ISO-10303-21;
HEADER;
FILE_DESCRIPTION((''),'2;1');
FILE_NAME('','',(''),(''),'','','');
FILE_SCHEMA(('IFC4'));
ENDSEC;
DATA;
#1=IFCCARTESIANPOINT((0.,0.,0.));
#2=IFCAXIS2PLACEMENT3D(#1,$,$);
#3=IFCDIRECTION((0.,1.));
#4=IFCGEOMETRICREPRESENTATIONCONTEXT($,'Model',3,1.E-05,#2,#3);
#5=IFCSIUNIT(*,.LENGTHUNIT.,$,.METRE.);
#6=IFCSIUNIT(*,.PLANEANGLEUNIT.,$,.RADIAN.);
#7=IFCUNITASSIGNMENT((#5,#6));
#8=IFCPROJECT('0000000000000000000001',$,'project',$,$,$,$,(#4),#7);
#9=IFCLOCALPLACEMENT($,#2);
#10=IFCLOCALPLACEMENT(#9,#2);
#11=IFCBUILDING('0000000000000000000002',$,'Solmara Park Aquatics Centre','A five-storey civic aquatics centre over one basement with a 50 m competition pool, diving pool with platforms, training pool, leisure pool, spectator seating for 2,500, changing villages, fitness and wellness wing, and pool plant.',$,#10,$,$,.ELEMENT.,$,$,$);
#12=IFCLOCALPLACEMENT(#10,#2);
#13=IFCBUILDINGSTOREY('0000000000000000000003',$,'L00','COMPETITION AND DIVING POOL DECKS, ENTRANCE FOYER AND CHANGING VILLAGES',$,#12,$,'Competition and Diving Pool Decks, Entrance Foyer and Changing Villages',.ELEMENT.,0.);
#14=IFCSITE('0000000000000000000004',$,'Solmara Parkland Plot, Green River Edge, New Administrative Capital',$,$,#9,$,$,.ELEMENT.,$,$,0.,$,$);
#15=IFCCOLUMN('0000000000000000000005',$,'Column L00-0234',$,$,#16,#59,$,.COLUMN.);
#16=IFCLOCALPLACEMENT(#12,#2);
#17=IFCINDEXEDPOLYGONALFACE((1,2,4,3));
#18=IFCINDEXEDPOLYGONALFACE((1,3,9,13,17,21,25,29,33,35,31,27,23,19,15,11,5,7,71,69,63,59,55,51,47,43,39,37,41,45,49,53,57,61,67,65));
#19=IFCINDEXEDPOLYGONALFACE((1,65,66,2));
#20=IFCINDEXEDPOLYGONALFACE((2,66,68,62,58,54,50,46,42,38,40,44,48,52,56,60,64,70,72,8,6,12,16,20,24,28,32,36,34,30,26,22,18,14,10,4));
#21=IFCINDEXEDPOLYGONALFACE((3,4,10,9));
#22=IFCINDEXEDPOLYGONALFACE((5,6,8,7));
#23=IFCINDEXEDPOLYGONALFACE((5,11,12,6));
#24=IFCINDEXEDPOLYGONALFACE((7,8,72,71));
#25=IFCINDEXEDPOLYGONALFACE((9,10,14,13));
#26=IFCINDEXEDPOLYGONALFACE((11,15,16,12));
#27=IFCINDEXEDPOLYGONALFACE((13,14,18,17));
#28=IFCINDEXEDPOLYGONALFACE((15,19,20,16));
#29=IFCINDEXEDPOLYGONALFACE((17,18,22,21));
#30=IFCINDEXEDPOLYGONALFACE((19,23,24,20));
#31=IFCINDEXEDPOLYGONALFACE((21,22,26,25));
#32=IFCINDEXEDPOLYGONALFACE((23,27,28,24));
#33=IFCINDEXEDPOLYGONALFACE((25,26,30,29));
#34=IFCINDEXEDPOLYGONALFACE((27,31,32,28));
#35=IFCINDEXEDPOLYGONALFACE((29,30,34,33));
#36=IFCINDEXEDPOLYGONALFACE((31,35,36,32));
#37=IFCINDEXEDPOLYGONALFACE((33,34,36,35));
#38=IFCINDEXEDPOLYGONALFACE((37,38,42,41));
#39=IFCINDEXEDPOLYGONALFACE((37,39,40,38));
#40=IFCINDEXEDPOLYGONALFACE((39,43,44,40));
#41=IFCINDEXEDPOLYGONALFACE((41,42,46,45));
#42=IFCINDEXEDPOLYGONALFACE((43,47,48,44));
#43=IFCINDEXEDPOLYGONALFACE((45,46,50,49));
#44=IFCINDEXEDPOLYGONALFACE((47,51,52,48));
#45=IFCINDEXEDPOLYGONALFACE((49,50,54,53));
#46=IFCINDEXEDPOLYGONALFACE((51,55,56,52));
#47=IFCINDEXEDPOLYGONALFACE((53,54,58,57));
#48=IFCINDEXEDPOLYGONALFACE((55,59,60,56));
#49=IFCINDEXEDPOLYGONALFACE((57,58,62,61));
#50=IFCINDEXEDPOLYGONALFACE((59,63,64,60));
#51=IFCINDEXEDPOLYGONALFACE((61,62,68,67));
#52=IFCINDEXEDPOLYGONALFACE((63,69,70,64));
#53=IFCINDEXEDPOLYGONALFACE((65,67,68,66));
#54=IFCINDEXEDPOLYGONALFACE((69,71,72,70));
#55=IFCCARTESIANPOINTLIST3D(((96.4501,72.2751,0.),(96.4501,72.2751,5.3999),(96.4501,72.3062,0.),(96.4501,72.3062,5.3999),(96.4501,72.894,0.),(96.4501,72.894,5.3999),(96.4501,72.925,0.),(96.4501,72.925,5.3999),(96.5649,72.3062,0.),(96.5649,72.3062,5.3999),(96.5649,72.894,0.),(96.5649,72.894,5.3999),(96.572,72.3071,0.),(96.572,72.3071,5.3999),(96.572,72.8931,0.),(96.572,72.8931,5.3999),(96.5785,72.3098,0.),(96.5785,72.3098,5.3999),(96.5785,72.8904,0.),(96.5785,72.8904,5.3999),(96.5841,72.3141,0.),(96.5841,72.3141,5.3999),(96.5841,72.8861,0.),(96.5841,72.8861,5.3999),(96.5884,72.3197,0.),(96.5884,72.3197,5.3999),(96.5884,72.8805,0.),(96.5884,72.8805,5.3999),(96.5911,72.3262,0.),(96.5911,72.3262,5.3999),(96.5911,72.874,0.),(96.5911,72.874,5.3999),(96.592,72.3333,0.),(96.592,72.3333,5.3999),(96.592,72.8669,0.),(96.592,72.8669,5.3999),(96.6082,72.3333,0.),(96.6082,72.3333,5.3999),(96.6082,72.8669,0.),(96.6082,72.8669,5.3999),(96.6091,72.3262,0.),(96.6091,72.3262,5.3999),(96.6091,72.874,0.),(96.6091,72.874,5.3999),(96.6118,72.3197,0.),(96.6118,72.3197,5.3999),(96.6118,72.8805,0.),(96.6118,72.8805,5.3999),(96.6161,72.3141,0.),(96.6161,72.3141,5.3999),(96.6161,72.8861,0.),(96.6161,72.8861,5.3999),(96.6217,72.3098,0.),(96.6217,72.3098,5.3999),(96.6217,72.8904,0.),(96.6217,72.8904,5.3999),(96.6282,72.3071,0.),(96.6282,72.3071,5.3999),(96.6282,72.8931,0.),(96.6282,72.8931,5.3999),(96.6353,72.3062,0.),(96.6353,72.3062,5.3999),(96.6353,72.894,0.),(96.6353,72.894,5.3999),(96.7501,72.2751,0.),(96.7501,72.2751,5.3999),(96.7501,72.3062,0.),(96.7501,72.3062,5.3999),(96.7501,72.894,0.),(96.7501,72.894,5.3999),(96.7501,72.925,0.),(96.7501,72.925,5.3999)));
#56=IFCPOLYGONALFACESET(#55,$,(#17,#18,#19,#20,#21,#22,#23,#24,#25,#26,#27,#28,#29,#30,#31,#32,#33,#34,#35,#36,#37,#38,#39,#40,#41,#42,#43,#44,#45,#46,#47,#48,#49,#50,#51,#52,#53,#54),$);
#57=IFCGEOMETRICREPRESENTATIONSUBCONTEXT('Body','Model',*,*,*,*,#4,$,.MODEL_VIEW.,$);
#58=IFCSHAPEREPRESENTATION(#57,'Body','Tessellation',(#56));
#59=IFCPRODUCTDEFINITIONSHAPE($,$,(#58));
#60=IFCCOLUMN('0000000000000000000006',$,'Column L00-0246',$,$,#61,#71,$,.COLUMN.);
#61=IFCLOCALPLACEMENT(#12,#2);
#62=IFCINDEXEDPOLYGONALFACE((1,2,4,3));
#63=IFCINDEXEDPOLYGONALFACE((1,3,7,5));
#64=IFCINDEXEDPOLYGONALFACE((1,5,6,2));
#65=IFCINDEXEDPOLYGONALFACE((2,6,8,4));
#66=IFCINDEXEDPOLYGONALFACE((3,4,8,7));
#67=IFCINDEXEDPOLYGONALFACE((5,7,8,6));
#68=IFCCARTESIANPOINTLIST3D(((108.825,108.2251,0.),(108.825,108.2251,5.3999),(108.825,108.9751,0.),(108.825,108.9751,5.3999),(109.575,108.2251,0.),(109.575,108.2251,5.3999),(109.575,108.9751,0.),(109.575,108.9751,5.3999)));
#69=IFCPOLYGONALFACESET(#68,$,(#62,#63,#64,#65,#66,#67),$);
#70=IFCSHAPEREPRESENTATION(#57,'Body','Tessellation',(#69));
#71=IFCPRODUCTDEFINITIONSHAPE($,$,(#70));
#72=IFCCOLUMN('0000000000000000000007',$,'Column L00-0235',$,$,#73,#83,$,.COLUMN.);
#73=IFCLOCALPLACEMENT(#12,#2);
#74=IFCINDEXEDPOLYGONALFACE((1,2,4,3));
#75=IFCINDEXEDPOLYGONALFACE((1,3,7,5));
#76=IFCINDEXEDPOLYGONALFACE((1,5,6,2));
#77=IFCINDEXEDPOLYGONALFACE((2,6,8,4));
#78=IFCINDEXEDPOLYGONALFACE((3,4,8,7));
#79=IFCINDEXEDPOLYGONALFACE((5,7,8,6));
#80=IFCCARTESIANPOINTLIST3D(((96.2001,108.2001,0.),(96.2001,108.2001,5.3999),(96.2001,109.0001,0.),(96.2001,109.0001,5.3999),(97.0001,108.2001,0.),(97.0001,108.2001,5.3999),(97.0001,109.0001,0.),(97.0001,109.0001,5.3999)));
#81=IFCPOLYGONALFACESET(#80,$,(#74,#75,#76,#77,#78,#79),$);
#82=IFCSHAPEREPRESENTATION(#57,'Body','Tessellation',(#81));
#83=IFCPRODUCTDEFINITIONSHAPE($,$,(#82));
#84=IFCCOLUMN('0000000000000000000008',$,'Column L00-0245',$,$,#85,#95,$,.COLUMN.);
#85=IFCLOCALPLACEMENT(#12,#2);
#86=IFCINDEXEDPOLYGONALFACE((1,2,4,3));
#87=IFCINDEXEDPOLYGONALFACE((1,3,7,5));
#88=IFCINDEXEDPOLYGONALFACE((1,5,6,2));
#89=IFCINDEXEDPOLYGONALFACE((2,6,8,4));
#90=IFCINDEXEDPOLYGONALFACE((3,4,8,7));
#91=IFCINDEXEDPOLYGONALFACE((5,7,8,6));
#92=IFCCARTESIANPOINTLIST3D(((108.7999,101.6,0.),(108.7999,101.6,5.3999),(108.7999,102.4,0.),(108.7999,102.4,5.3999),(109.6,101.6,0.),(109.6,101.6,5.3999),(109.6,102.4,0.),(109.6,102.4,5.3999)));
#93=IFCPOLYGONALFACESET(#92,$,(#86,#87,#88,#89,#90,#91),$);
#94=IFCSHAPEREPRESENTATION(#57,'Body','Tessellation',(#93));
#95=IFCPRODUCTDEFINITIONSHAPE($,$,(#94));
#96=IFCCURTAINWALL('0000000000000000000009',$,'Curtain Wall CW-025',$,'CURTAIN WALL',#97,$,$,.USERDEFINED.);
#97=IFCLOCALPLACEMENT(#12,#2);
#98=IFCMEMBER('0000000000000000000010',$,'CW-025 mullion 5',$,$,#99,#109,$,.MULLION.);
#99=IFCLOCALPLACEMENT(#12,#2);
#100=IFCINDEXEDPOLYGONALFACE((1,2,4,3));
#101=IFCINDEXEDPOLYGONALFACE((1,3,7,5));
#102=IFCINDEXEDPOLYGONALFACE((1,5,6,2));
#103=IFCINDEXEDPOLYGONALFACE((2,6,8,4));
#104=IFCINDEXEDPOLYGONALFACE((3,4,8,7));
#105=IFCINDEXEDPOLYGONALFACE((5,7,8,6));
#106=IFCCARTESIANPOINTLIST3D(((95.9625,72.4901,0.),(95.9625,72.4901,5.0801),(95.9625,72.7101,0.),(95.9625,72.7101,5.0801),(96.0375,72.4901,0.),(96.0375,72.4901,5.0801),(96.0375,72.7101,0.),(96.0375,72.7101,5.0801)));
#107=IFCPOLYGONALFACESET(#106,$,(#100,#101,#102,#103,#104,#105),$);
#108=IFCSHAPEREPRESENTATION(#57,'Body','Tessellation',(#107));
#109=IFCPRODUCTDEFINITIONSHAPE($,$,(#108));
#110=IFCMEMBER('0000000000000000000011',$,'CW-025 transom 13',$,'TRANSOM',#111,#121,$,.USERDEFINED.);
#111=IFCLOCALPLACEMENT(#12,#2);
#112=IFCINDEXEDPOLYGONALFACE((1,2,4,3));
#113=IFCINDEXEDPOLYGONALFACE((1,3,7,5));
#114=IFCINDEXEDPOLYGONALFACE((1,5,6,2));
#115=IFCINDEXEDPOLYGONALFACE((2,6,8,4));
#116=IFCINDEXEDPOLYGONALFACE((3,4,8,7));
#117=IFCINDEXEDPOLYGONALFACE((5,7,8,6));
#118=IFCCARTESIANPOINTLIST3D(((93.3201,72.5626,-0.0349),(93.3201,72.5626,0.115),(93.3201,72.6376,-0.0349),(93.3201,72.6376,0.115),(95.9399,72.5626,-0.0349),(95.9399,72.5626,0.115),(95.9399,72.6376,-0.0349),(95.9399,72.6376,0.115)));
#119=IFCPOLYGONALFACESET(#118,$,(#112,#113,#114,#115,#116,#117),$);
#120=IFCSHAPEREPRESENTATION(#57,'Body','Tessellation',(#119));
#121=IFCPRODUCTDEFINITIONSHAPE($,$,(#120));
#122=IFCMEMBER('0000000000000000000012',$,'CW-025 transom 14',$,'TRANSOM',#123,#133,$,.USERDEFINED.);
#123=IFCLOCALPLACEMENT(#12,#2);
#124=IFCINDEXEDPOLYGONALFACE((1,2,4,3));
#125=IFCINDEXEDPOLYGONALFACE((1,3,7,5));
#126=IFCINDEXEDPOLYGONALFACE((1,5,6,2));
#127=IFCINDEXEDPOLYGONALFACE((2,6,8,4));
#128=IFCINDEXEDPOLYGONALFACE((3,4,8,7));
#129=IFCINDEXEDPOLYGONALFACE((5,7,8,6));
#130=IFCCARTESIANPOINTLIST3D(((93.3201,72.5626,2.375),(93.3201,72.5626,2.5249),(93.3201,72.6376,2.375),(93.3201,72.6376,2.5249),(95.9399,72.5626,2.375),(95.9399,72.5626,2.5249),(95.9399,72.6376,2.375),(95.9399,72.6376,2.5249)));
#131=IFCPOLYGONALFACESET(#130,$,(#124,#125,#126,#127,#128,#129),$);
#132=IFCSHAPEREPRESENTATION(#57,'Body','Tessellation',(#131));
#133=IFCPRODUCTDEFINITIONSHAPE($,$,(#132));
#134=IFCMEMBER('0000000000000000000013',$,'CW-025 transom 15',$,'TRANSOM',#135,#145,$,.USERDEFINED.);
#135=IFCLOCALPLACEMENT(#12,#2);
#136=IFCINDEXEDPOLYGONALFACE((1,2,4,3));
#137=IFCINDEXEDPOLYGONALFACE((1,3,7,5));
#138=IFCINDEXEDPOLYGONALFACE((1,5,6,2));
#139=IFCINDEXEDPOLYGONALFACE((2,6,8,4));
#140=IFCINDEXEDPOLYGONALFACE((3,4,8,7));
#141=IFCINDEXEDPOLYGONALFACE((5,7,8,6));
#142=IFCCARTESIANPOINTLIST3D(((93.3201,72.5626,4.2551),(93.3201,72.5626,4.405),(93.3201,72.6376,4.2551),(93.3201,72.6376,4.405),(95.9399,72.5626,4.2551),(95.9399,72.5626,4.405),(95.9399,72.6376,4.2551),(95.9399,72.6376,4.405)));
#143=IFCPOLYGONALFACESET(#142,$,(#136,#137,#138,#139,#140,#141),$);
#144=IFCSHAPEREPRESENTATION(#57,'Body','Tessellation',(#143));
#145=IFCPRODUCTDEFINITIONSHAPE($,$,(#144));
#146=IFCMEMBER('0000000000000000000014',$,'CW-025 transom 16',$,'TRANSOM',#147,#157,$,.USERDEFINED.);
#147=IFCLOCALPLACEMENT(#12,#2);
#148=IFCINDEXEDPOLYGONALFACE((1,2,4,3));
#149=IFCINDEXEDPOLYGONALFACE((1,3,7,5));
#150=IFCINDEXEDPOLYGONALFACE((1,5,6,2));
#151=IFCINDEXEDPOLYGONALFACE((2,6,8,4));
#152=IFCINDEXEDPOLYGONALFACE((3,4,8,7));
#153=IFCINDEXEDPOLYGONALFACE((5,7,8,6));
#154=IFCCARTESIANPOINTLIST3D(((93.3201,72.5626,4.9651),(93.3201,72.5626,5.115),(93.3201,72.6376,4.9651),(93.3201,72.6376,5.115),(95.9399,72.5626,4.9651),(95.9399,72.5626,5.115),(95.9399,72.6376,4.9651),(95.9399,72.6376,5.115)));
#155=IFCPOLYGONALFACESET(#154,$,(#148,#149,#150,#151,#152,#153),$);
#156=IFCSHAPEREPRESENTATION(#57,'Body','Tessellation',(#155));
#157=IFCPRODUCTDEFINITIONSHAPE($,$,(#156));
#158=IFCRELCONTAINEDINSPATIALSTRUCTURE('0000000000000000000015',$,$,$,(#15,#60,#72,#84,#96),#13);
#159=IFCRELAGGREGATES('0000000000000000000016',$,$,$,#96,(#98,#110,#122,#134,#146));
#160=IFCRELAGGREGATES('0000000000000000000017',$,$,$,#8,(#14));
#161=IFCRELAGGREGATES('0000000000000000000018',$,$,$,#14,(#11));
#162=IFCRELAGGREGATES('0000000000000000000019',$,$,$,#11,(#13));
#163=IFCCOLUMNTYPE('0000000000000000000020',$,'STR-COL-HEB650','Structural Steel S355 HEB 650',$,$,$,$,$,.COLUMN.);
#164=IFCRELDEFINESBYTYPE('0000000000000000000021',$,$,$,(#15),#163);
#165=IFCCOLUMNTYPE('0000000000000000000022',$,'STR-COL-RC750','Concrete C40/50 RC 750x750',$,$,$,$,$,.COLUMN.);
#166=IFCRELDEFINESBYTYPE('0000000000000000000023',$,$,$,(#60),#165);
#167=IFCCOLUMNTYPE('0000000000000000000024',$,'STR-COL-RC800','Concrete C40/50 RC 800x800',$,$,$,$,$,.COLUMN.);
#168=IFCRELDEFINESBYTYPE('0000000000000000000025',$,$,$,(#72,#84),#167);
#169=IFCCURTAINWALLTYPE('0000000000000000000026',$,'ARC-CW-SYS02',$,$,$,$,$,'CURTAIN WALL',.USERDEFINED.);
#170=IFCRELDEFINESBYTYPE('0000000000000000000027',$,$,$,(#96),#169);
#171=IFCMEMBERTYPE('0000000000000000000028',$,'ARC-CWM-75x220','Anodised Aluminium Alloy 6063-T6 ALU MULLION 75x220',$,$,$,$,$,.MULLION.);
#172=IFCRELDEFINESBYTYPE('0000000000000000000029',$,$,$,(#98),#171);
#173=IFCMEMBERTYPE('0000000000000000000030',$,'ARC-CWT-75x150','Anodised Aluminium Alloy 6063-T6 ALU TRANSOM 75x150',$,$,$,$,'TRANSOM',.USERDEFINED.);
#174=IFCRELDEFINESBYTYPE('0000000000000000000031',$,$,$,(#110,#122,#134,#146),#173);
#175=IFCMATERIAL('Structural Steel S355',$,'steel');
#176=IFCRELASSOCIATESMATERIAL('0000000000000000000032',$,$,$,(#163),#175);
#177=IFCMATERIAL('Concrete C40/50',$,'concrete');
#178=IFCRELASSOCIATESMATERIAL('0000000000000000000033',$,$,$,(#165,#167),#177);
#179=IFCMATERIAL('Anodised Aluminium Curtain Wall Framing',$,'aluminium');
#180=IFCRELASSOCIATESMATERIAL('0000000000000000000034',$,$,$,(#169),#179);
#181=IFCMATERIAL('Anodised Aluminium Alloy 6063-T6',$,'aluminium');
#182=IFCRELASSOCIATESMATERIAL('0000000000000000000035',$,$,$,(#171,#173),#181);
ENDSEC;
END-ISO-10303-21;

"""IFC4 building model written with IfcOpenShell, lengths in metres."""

from ifc_helpers import new_model, si_unit, direction, frame, origin, origin_2d, place, context, subcontext, project, spatial, rectangle, i_section, extrude, material, material_profile, profile_set, type_object, element, aggregate, save


model = new_model("IFC4")

# Units and contexts
model_context = context("Model", 3, precision=1e-05, world=origin(), true_north=direction((0.0, 1.0)))
body_context = subcontext(model_context, "Body", "Model", "MODEL_VIEW")
ifc_project = project(units=[si_unit("LENGTHUNIT", "METRE"), si_unit("PLANEANGLEUNIT", "RADIAN")], contexts=[model_context])

# Site, building, storey
site_placement = place(None, origin())
site = spatial("IfcSite", under=ifc_project, at=site_placement, Name="Solmara Parkland Plot, Green River Edge, New Administrative Capital", CompositionType="ELEMENT", RefElevation=0.0)
building_placement = place(site_placement, origin())
building = spatial("IfcBuilding", under=site, at=building_placement, Name="Solmara Park Aquatics Centre", Description="A five-storey civic aquatics centre over one basement with a 50 m competition pool, diving pool with platforms, training pool, leisure pool, spectator seating for 2,500, changing villages, fitness and wellness wing, and pool plant.", CompositionType="ELEMENT")
storey_placement = place(building_placement, origin())
storey = spatial("IfcBuildingStorey", under=building, at=storey_placement, Name="L00", Description="COMPETITION AND DIVING POOL DECKS, ENTRANCE FOYER AND CHANGING VILLAGES", LongName="Competition and Diving Pool Decks, Entrance Foyer and Changing Villages", CompositionType="ELEMENT", Elevation=0.0)

# Columns
ifc_material_1 = material(Name="Structural Steel S355", Category="steel")
ifc_material_profile_1 = material_profile(ifc_material_1, i_section(OverallWidth=0.3, OverallDepth=0.6499, WebThickness=0.0161, FlangeThickness=0.031, FilletRadius=0.0271, at=origin_2d()), Name="HEB 650")
ifc_profile_set_1 = profile_set([ifc_material_profile_1], Name="Structural Steel S355")
column_type_1 = type_object("IfcColumnType", Name="STR-COL-HEB650", Description="Structural Steel S355 HEB 650", PredefinedType="COLUMN", material=ifc_profile_set_1)
column_1_placement = place(storey_placement, frame((96.6001, 72.6001, 0.0), z_axis=(0.0, 0.0, 1.0), x_axis=(1.0, 0.0, 0.0)))
element("IfcColumn", 1, at=column_1_placement, inside=storey, type_object=column_type_1, Name="Column L00-0234", PredefinedType="COLUMN", context=body_context, shape_type="SweptSolid", body=[
    extrude(i_section(OverallWidth=0.3, OverallDepth=0.6499, WebThickness=0.0161, FlangeThickness=0.031, FilletRadius=0.0271, at=origin_2d()), origin(), (0.0, 0.0, 1.0), 5.3999),
])
ifc_material_2 = material(Name="Concrete C40/50", Category="concrete")
ifc_material_profile_2 = material_profile(ifc_material_2, rectangle(XDim=0.75, YDim=0.75, at=origin_2d()), Name="RC 750x750")
ifc_profile_set_2 = profile_set([ifc_material_profile_2], Name="Concrete C40/50")
column_type_2 = type_object("IfcColumnType", Name="STR-COL-RC750", Description="Concrete C40/50 RC 750x750", PredefinedType="COLUMN", material=ifc_profile_set_2)
column_2_placement = place(storey_placement, frame((109.2, 108.6001, 0.0), z_axis=(0.0, 0.0, 1.0), x_axis=(1.0, 0.0, 0.0)))
element("IfcColumn", 2, at=column_2_placement, inside=storey, type_object=column_type_2, Name="Column L00-0246", PredefinedType="COLUMN", context=body_context, shape_type="SweptSolid", body=[
    extrude(rectangle(XDim=0.75, YDim=0.75, at=origin_2d()), origin(), (0.0, 0.0, 1.0), 5.3999),
])
ifc_material_profile_3 = material_profile(ifc_material_2, rectangle(XDim=0.8, YDim=0.8, at=origin_2d()), Name="RC 800x800")
ifc_profile_set_3 = profile_set([ifc_material_profile_3], Name="Concrete C40/50")
column_type_3 = type_object("IfcColumnType", Name="STR-COL-RC800", Description="Concrete C40/50 RC 800x800", PredefinedType="COLUMN", material=ifc_profile_set_3)
for number, where, z_axis, x_axis, name in (
    (3, (96.6001, 108.6001, 0.0), (0.0, 0.0, 1.0), (1.0, 0.0, 0.0), "Column L00-0235"),
    (4, (109.2, 102.0, 0.0), (0.0, 0.0, 1.0), (1.0, 0.0, 0.0), "Column L00-0245"),
):
    element("IfcColumn", number, at=place(storey_placement, frame(where, z_axis=z_axis, x_axis=x_axis)), inside=storey, type_object=column_type_3, Name=name, PredefinedType="COLUMN", context=body_context, shape_type="SweptSolid", body=[
        extrude(rectangle(XDim=0.8, YDim=0.8, at=origin_2d()), origin(), (0.0, 0.0, 1.0), 5.3999),
    ])

# Curtain wall, members
ifc_material_3 = material(Name="Anodised Aluminium Curtain Wall Framing", Category="aluminium")
curtain_wall_type = type_object("IfcCurtainWallType", Name="ARC-CW-SYS02", ElementType="CURTAIN WALL", PredefinedType="USERDEFINED", material=ifc_material_3)
curtain_wall_placement = place(storey_placement, origin())
curtain_wall = element("IfcCurtainWall", 5, at=curtain_wall_placement, inside=storey, type_object=curtain_wall_type, Name="Curtain Wall CW-025", ObjectType="CURTAIN WALL", PredefinedType="USERDEFINED")
ifc_material_4 = material(Name="Anodised Aluminium Alloy 6063-T6", Category="aluminium")
ifc_material_profile_4 = material_profile(ifc_material_4, rectangle(XDim=0.075, YDim=0.22, at=origin_2d()), Name="ALU MULLION 75x220")
ifc_profile_set_4 = profile_set([ifc_material_profile_4], Name="Anodised Aluminium Alloy 6063-T6")
member_type_1 = type_object("IfcMemberType", Name="ARC-CWM-75x220", Description="Anodised Aluminium Alloy 6063-T6 ALU MULLION 75x220", PredefinedType="MULLION", material=ifc_profile_set_4)
member_1_placement = place(storey_placement, frame((96.0, 72.6001, 0.0), z_axis=(0.0, 0.0, 1.0), x_axis=(1.0, 0.0, 0.0)))
member_1 = element("IfcMember", 6, at=member_1_placement, type_object=member_type_1, Name="CW-025 mullion 5", PredefinedType="MULLION", context=body_context, shape_type="SweptSolid", body=[
    extrude(rectangle(XDim=0.075, YDim=0.22, at=origin_2d()), origin(), (0.0, 0.0, 1.0), 5.0801),
])
ifc_material_profile_5 = material_profile(ifc_material_4, rectangle(XDim=0.075, YDim=0.1499, at=origin_2d()), Name="ALU TRANSOM 75x150")
ifc_profile_set_5 = profile_set([ifc_material_profile_5], Name="Anodised Aluminium Alloy 6063-T6")
member_type_2 = type_object("IfcMemberType", Name="ARC-CWT-75x150", Description="Anodised Aluminium Alloy 6063-T6 ALU TRANSOM 75x150", ElementType="TRANSOM", PredefinedType="USERDEFINED", material=ifc_profile_set_5)
member_2_placement = place(storey_placement, frame((93.3201, 72.6001, 0.04), z_axis=(1.0, 0.0, 0.0), x_axis=(0.0, 1.0, 0.0)))
member_2 = element("IfcMember", 7, at=member_2_placement, type_object=member_type_2, Name="CW-025 transom 13", ObjectType="TRANSOM", PredefinedType="USERDEFINED", context=body_context, shape_type="SweptSolid", body=[
    extrude(rectangle(XDim=0.075, YDim=0.1499, at=origin_2d()), origin(), (0.0, 0.0, 1.0), 2.6199),
])
member_3_placement = place(storey_placement, frame((93.3201, 72.6001, 2.45), z_axis=(1.0, 0.0, 0.0), x_axis=(0.0, 1.0, 0.0)))
member_3 = element("IfcMember", 8, at=member_3_placement, type_object=member_type_2, Name="CW-025 transom 14", ObjectType="TRANSOM", PredefinedType="USERDEFINED", context=body_context, shape_type="SweptSolid", body=[
    extrude(rectangle(XDim=0.075, YDim=0.1499, at=origin_2d()), origin(), (0.0, 0.0, 1.0), 2.6199),
])
member_4_placement = place(storey_placement, frame((93.3201, 72.6001, 4.3301), z_axis=(1.0, 0.0, 0.0), x_axis=(0.0, 1.0, 0.0)))
member_4 = element("IfcMember", 9, at=member_4_placement, type_object=member_type_2, Name="CW-025 transom 15", ObjectType="TRANSOM", PredefinedType="USERDEFINED", context=body_context, shape_type="SweptSolid", body=[
    extrude(rectangle(XDim=0.075, YDim=0.1499, at=origin_2d()), origin(), (0.0, 0.0, 1.0), 2.6199),
])
member_5_placement = place(storey_placement, frame((93.3201, 72.6001, 5.04), z_axis=(1.0, 0.0, 0.0), x_axis=(0.0, 1.0, 0.0)))
member_5 = element("IfcMember", 10, at=member_5_placement, type_object=member_type_2, Name="CW-025 transom 16", ObjectType="TRANSOM", PredefinedType="USERDEFINED", context=body_context, shape_type="SweptSolid", body=[
    extrude(rectangle(XDim=0.075, YDim=0.1499, at=origin_2d()), origin(), (0.0, 0.0, 1.0), 2.6199),
])

aggregate(curtain_wall, [member_1, member_2, member_3, member_4, member_5])

save(model, "model.ifc")
